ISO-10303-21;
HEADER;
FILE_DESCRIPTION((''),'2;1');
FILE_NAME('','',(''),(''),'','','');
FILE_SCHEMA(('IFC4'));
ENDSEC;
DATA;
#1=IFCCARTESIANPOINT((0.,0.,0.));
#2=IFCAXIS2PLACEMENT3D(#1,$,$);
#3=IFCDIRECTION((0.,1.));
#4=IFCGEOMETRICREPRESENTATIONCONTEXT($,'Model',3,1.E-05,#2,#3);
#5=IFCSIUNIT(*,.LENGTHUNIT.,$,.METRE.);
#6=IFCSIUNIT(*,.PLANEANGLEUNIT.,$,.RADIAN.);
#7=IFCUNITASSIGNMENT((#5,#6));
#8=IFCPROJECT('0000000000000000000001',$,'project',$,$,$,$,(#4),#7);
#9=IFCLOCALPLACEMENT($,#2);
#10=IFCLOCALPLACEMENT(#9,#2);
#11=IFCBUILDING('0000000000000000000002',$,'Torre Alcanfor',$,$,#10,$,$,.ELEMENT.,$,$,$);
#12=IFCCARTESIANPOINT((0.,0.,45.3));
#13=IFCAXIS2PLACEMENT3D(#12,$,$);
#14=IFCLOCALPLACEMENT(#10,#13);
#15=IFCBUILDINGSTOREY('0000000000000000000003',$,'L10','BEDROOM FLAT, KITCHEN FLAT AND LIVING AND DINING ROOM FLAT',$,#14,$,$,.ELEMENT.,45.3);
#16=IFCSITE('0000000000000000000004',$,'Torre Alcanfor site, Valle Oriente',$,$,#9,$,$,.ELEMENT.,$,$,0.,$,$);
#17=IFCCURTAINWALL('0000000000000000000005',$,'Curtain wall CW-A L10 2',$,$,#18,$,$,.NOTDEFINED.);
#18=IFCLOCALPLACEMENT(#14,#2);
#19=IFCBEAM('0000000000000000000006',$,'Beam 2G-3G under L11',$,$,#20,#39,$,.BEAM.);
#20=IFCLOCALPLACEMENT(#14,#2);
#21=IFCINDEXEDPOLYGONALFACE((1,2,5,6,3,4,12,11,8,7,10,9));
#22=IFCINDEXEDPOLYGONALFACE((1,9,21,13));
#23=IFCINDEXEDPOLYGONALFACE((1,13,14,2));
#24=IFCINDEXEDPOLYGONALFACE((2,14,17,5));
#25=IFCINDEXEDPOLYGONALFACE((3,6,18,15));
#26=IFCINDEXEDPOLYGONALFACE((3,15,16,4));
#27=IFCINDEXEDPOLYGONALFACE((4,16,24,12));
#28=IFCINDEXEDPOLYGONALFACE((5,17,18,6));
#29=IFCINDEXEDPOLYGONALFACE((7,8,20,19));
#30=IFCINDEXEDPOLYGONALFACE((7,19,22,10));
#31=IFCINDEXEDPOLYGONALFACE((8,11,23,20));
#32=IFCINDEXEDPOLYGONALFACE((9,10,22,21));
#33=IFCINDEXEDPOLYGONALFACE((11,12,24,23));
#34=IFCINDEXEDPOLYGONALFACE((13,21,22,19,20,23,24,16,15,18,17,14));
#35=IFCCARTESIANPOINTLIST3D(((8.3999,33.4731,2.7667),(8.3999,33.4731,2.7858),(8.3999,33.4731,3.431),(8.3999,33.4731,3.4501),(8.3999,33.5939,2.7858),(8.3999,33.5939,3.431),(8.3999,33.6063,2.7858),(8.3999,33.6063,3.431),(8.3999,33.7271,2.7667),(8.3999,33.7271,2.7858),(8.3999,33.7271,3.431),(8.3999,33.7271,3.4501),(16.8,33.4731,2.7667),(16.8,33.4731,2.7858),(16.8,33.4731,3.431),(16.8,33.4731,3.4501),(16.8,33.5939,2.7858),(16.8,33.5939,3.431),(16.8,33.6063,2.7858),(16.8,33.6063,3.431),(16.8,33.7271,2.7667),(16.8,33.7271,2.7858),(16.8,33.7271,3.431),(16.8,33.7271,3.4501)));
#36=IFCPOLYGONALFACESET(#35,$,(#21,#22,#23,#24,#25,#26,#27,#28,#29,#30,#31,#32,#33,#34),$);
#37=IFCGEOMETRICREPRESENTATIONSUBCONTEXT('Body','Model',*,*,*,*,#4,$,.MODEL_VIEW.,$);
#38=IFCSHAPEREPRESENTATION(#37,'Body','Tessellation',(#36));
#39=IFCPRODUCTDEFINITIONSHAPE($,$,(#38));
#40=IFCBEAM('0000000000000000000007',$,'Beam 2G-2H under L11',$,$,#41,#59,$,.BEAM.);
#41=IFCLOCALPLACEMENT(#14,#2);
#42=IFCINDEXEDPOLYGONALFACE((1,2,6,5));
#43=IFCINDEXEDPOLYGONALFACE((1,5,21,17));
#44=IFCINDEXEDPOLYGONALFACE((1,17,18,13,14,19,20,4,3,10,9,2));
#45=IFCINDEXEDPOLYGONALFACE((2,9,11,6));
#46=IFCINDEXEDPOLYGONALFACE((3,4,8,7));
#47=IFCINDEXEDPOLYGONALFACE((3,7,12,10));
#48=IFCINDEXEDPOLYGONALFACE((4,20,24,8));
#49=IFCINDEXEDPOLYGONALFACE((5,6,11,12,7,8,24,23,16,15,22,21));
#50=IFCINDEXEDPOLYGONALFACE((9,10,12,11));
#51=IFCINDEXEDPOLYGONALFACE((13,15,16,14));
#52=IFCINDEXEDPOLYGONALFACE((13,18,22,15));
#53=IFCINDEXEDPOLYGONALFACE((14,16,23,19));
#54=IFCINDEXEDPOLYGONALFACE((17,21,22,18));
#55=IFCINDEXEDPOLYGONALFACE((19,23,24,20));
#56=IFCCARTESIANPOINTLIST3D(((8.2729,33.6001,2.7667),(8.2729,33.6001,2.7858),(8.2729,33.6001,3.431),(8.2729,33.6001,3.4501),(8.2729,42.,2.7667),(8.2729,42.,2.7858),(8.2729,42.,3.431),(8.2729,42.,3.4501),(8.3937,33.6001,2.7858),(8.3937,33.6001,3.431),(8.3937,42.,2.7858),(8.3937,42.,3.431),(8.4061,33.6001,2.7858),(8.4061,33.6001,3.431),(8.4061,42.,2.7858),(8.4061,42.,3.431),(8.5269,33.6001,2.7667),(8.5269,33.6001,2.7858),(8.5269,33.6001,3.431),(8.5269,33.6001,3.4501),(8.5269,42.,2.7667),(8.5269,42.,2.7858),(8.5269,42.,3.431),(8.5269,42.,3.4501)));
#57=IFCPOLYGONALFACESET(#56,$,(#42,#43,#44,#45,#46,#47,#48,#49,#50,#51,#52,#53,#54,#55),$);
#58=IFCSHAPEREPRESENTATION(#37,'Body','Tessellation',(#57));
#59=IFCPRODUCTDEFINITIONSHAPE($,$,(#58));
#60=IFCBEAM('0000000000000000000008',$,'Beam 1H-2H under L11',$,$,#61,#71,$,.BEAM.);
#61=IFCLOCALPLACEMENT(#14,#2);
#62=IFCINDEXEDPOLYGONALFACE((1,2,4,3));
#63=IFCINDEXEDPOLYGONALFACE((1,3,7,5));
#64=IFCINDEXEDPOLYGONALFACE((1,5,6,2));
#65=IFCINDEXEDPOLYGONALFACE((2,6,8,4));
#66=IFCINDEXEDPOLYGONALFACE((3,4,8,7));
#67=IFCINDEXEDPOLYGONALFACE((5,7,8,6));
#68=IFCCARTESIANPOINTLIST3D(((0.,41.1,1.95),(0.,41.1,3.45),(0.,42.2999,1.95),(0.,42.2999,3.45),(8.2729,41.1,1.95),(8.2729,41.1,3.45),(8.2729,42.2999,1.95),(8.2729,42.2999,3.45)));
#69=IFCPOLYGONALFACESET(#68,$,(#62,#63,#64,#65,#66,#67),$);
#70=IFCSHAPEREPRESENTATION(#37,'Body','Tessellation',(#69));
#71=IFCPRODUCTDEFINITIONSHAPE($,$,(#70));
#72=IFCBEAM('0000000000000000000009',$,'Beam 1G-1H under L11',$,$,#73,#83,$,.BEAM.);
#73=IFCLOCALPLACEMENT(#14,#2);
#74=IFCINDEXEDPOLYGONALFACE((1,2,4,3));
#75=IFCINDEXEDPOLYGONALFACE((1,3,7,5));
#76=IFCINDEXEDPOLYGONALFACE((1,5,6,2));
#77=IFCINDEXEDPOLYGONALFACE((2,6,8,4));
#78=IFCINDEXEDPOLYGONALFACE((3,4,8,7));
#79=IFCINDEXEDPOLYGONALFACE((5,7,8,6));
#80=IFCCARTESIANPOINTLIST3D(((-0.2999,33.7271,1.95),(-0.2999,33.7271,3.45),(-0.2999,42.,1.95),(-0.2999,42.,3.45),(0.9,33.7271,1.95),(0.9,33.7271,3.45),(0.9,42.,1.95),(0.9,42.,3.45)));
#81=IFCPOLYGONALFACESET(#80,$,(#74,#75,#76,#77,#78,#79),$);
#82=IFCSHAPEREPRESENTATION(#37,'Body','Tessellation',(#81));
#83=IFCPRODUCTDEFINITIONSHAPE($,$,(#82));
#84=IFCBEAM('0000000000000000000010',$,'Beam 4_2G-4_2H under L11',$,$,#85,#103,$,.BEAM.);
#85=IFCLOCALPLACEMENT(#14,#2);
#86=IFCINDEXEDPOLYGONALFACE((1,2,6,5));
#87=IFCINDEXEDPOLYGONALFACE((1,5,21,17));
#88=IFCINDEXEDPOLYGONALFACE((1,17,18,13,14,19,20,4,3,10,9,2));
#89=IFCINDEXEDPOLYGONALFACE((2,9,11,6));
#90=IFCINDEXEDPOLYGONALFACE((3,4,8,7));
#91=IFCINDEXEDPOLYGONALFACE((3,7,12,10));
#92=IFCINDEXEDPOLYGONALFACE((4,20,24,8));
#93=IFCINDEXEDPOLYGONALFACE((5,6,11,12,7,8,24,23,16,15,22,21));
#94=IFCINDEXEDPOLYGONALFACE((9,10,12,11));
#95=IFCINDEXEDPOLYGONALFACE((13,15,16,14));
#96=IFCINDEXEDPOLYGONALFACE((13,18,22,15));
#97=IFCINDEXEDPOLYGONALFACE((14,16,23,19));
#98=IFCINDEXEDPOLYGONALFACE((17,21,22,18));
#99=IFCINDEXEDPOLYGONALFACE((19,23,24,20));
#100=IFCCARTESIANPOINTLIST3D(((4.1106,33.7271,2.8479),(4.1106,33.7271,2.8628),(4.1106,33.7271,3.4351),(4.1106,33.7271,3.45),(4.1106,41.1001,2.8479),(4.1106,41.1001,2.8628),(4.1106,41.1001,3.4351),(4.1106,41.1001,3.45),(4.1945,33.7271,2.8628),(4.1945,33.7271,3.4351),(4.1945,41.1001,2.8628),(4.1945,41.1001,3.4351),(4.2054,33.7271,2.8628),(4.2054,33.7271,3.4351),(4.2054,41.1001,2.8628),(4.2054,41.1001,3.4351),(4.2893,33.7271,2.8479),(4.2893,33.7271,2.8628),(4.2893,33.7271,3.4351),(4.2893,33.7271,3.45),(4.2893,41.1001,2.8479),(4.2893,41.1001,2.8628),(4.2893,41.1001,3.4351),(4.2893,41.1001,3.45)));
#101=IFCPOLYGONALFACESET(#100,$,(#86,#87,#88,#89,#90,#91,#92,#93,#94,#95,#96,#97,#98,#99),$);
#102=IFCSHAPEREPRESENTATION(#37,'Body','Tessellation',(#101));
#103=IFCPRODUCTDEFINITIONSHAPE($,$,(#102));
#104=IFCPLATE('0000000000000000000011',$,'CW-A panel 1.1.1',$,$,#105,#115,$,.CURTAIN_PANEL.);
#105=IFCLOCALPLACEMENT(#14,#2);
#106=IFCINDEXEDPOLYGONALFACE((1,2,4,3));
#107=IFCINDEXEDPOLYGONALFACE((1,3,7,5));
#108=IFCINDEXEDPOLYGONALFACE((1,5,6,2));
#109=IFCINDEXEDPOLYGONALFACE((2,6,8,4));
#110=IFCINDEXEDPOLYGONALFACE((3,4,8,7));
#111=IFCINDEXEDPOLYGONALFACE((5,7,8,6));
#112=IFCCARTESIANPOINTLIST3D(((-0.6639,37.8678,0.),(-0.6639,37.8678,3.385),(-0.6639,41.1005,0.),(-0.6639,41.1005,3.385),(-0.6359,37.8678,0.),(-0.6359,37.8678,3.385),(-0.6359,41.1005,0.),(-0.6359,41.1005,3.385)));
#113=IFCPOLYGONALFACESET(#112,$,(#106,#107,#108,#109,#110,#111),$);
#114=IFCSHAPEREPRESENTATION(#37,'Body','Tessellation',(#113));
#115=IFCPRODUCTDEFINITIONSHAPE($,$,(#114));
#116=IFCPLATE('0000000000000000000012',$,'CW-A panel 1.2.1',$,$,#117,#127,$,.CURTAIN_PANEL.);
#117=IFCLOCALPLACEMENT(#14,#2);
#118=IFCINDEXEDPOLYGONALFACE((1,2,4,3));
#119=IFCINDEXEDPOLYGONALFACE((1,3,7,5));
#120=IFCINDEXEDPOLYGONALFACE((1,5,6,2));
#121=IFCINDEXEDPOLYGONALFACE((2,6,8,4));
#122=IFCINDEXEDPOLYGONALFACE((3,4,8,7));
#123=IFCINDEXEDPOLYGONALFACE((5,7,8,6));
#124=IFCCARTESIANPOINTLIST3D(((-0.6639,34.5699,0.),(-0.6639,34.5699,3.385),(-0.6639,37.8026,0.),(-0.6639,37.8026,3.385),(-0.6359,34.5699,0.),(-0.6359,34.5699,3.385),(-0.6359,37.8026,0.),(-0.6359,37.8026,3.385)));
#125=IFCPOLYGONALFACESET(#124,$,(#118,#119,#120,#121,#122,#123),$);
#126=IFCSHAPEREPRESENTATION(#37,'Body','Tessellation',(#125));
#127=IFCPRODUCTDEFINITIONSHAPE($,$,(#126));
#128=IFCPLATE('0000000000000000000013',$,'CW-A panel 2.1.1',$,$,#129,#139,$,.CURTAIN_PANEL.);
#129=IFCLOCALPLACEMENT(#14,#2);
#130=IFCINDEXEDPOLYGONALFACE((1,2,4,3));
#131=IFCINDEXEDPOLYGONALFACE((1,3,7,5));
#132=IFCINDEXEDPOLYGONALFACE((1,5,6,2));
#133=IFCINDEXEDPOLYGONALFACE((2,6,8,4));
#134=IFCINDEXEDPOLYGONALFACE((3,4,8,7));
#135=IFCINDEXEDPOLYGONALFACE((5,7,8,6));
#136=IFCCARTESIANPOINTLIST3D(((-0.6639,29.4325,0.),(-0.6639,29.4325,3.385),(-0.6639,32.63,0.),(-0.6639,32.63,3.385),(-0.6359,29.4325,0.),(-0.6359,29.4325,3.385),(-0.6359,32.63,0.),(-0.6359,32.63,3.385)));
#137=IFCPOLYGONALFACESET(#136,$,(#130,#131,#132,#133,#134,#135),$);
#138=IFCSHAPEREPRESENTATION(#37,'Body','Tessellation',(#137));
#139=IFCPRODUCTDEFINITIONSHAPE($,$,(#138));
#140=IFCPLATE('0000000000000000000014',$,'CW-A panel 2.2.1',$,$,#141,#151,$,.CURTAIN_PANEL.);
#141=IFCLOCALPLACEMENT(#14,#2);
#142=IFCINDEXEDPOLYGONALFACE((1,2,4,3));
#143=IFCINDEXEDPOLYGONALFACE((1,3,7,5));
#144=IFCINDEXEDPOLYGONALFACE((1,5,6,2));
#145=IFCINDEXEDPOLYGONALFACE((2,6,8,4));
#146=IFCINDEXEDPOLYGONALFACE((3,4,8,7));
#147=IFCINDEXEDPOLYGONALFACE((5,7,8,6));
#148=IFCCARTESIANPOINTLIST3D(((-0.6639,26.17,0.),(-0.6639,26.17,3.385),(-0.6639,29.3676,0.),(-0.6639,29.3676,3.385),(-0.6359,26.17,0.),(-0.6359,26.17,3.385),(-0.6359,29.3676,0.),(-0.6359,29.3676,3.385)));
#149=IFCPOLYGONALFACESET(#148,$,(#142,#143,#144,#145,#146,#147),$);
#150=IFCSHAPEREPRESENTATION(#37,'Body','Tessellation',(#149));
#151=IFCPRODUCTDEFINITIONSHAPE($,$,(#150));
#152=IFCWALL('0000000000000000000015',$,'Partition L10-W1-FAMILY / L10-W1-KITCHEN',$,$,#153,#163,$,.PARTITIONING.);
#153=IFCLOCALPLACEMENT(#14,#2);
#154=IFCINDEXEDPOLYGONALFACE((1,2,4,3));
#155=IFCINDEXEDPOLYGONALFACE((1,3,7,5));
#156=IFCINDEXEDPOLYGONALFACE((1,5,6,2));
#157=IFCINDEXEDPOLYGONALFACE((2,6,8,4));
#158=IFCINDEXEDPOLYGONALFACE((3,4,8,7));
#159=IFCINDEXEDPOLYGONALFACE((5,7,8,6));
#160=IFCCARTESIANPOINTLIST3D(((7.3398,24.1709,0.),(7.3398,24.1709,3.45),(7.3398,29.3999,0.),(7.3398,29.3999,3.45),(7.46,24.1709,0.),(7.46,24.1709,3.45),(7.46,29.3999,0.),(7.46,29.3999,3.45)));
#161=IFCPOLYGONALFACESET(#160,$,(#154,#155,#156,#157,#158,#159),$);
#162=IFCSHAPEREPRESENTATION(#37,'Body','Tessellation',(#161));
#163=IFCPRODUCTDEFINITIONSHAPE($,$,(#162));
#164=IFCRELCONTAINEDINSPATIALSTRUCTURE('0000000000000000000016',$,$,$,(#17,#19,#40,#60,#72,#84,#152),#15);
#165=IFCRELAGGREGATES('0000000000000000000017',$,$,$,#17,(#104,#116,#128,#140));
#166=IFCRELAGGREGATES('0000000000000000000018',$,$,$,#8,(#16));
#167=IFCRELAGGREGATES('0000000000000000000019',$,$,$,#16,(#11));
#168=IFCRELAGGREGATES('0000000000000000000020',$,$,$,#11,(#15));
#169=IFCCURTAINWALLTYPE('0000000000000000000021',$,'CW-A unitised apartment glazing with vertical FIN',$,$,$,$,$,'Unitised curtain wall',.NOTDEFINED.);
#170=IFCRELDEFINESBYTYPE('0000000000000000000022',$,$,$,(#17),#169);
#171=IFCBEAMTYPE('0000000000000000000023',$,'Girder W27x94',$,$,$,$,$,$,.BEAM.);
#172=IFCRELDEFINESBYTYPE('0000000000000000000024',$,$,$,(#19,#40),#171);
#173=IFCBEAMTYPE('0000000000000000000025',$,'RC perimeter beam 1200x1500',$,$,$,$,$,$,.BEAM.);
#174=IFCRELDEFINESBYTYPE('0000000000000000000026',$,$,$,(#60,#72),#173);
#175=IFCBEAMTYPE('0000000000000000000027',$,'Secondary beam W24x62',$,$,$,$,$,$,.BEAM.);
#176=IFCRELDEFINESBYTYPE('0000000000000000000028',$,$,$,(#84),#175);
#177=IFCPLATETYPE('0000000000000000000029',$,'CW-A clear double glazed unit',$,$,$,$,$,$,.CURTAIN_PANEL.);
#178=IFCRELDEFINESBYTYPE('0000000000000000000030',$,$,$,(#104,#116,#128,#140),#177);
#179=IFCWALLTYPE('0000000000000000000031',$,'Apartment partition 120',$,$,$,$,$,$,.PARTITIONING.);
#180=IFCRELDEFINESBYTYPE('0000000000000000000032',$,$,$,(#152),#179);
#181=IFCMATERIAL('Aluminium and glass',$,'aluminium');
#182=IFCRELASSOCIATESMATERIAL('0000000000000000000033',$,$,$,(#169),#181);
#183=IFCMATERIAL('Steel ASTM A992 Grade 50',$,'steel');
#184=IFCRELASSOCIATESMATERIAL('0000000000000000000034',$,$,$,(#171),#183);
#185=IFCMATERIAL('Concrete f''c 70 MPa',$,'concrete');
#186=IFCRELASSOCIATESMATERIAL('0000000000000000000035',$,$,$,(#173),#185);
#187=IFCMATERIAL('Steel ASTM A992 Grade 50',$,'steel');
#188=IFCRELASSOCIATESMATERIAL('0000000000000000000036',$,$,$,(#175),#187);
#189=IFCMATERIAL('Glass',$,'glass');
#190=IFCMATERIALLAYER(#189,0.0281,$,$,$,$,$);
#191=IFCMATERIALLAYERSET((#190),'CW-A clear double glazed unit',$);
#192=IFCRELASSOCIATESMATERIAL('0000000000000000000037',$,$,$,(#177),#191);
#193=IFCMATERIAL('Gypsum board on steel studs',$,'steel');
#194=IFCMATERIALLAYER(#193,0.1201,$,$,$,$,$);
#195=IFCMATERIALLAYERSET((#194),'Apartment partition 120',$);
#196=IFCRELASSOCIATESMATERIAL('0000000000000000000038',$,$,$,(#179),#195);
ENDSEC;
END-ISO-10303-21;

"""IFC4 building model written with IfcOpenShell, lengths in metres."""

from ifc_helpers import new_model, si_unit, direction, frame, frame_2d, origin, origin_2d, place, context, subcontext, project, spatial, rectangle, i_section, extrude, material, layer, layer_set, material_profile, profile_set, type_object, element, aggregate, save


model = new_model("IFC4")

# Units and contexts
model_context = context("Model", 3, precision=1e-05, world=origin(), true_north=direction((0.0, 1.0)))
body_context = subcontext(model_context, "Body", "Model", "MODEL_VIEW")
ifc_project = project(units=[si_unit("LENGTHUNIT", "METRE"), si_unit("PLANEANGLEUNIT", "RADIAN")], contexts=[model_context])

# Site, building, storey
site_placement = place(None, origin())
site = spatial("IfcSite", under=ifc_project, at=site_placement, Name="Torre Alcanfor site, Valle Oriente", CompositionType="ELEMENT", RefElevation=0.0)
building_placement = place(site_placement, origin())
building = spatial("IfcBuilding", under=site, at=building_placement, Name="Torre Alcanfor", CompositionType="ELEMENT")
storey_placement = place(building_placement, frame((0.0, 0.0, 45.3)))
storey = spatial("IfcBuildingStorey", under=building, at=storey_placement, Name="L10", Description="BEDROOM FLAT, KITCHEN FLAT AND LIVING AND DINING ROOM FLAT", CompositionType="ELEMENT", Elevation=45.3)

# Curtain wall
ifc_material_1 = material(Name="Aluminium and glass", Category="aluminium")
curtain_wall_type = type_object("IfcCurtainWallType", Name="CW-A unitised apartment glazing with vertical FIN", ElementType="Unitised curtain wall", PredefinedType="NOTDEFINED", material=ifc_material_1)
curtain_wall_placement = place(storey_placement, origin())
curtain_wall = element("IfcCurtainWall", 1, at=curtain_wall_placement, inside=storey, type_object=curtain_wall_type, Name="Curtain wall CW-A L10 2", PredefinedType="NOTDEFINED")

# Beams
ifc_material_2 = material(Name="Steel ASTM A992 Grade 50", Category="steel")
ifc_material_profile_1 = material_profile(ifc_material_2, i_section(OverallWidth=0.2539, OverallDepth=0.6833, WebThickness=0.0125, FlangeThickness=0.019, at=origin_2d()), Name="W27x94")
ifc_profile_set_1 = profile_set([ifc_material_profile_1], Name="Steel ASTM A992 Grade 50")
beam_type_1 = type_object("IfcBeamType", Name="Girder W27x94", PredefinedType="BEAM", material=ifc_profile_set_1)
beam_1_placement = place(storey_placement, frame((8.3999, 33.6001, 3.1084), z_axis=(1.0, 0.0, 0.0), x_axis=(0.0, 1.0, 0.0)))
element("IfcBeam", 2, at=beam_1_placement, inside=storey, type_object=beam_type_1, Name="Beam 2G-3G under L11", PredefinedType="BEAM", context=body_context, shape_type="SweptSolid", body=[
    extrude(i_section(OverallWidth=0.2539, OverallDepth=0.6833, WebThickness=0.0125, FlangeThickness=0.019, at=origin_2d()), origin(), (0.0, 0.0, 1.0), 8.4001),
])
beam_2_placement = place(storey_placement, frame((8.3999, 33.6001, 3.1084), z_axis=(0.0, 1.0, 0.0), x_axis=(-1.0, 0.0, 0.0)))
element("IfcBeam", 3, at=beam_2_placement, inside=storey, type_object=beam_type_1, Name="Beam 2G-2H under L11", PredefinedType="BEAM", context=body_context, shape_type="SweptSolid", body=[
    extrude(i_section(OverallWidth=0.2539, OverallDepth=0.6833, WebThickness=0.0125, FlangeThickness=0.019, at=origin_2d()), origin(), (0.0, 0.0, 1.0), 8.3999),
])
ifc_material_3 = material(Name="Concrete f'c 70 MPa", Category="concrete")
ifc_material_profile_2 = material_profile(ifc_material_3, rectangle(XDim=1.2, YDim=1.5, at=origin_2d()), Name="1200x1500")
ifc_profile_set_2 = profile_set([ifc_material_profile_2], Name="Concrete f'c 70 MPa")
beam_type_2 = type_object("IfcBeamType", Name="RC perimeter beam 1200x1500", PredefinedType="BEAM", material=ifc_profile_set_2)
for number, where, z_axis, x_axis, name in (
    (4, (0.0, 41.7, 2.7), (1.0, 0.0, 0.0), (0.0, 1.0, 0.0), "Beam 1H-2H under L11"),
    (5, (0.3, 33.7271, 2.7), (0.0, 1.0, 0.0), (-1.0, 0.0, 0.0), "Beam 1G-1H under L11"),
):
    element("IfcBeam", number, at=place(storey_placement, frame(where, z_axis=z_axis, x_axis=x_axis)), inside=storey, type_object=beam_type_2, Name=name, PredefinedType="BEAM", context=body_context, shape_type="SweptSolid", body=[
        extrude(rectangle(XDim=1.2, YDim=1.5, at=origin_2d()), origin(), (0.0, 0.0, 1.0), 8.2729),
    ])
ifc_material_4 = material(Name="Steel ASTM A992 Grade 50", Category="steel")
ifc_material_profile_3 = material_profile(ifc_material_4, i_section(OverallWidth=0.1787, OverallDepth=0.6021, WebThickness=0.011, FlangeThickness=0.0149, at=origin_2d()), Name="W24x62")
ifc_profile_set_3 = profile_set([ifc_material_profile_3], Name="Steel ASTM A992 Grade 50")
beam_type_3 = type_object("IfcBeamType", Name="Secondary beam W24x62", PredefinedType="BEAM", material=ifc_profile_set_3)
beam_3_placement = place(storey_placement, frame((4.2, 33.7271, 3.1489), z_axis=(0.0, 1.0, 0.0), x_axis=(-1.0, 0.0, 0.0)))
element("IfcBeam", 6, at=beam_3_placement, inside=storey, type_object=beam_type_3, Name="Beam 4_2G-4_2H under L11", PredefinedType="BEAM", context=body_context, shape_type="SweptSolid", body=[
    extrude(i_section(OverallWidth=0.1787, OverallDepth=0.6021, WebThickness=0.011, FlangeThickness=0.0149, at=origin_2d()), origin(), (0.0, 0.0, 1.0), 7.373),
])

# Plates
ifc_material_5 = material(Name="Glass", Category="glass")
ifc_layer_1 = layer(ifc_material_5, 0.0281)
ifc_layer_set_1 = layer_set([ifc_layer_1], Name="CW-A clear double glazed unit")
plate_type = type_object("IfcPlateType", Name="CW-A clear double glazed unit", PredefinedType="CURTAIN_PANEL", material=ifc_layer_set_1)
plate_1_placement = place(storey_placement, frame((-0.6499, 39.4841, 0.0), z_axis=(0.0, 0.0, 1.0), x_axis=(0.0, -1.0, 0.0)))
plate_1 = element("IfcPlate", 7, at=plate_1_placement, type_object=plate_type, Name="CW-A panel 1.1.1", PredefinedType="CURTAIN_PANEL", context=body_context, shape_type="SweptSolid", body=[
    extrude(rectangle(XDim=3.2327, YDim=0.0281, at=origin_2d()), origin(), (0.0, 0.0, 1.0), 3.385),
])
plate_2_placement = place(storey_placement, frame((-0.6499, 36.1863, 0.0), z_axis=(0.0, 0.0, 1.0), x_axis=(0.0, -1.0, 0.0)))
plate_2 = element("IfcPlate", 8, at=plate_2_placement, type_object=plate_type, Name="CW-A panel 1.2.1", PredefinedType="CURTAIN_PANEL", context=body_context, shape_type="SweptSolid", body=[
    extrude(rectangle(XDim=3.2327, YDim=0.0281, at=origin_2d()), origin(), (0.0, 0.0, 1.0), 3.385),
])
plate_3_placement = place(storey_placement, frame((-0.6499, 31.0312, 0.0), z_axis=(0.0, 0.0, 1.0), x_axis=(0.0, -1.0, 0.0)))
plate_3 = element("IfcPlate", 9, at=plate_3_placement, type_object=plate_type, Name="CW-A panel 2.1.1", PredefinedType="CURTAIN_PANEL", context=body_context, shape_type="SweptSolid", body=[
    extrude(rectangle(XDim=3.1975, YDim=0.0281, at=origin_2d()), origin(), (0.0, 0.0, 1.0), 3.385),
])
plate_4_placement = place(storey_placement, frame((-0.6499, 27.7688, 0.0), z_axis=(0.0, 0.0, 1.0), x_axis=(0.0, -1.0, 0.0)))
plate_4 = element("IfcPlate", 10, at=plate_4_placement, type_object=plate_type, Name="CW-A panel 2.2.1", PredefinedType="CURTAIN_PANEL", context=body_context, shape_type="SweptSolid", body=[
    extrude(rectangle(XDim=3.1975, YDim=0.0281, at=origin_2d()), origin(), (0.0, 0.0, 1.0), 3.385),
])
aggregate(curtain_wall, [plate_1, plate_2, plate_3, plate_4])

# Wall
ifc_material_6 = material(Name="Gypsum board on steel studs", Category="steel")
ifc_layer_2 = layer(ifc_material_6, 0.1201)
ifc_layer_set_2 = layer_set([ifc_layer_2], Name="Apartment partition 120")
wall_type_1 = type_object("IfcWallType", Name="Apartment partition 120", PredefinedType="PARTITIONING", material=ifc_layer_set_2)
wall_1_placement = place(storey_placement, frame((7.3999, 29.3999, 0.0), z_axis=(0.0, 0.0, 1.0), x_axis=(0.0, -1.0, 0.0)))
element("IfcWall", 11, at=wall_1_placement, inside=storey, type_object=wall_type_1, Name="Partition L10-W1-FAMILY / L10-W1-KITCHEN", PredefinedType="PARTITIONING", context=body_context, shape_type="SweptSolid", body=[
    extrude(rectangle(XDim=5.229, YDim=0.1201, at=frame_2d((2.6145, 0.0))), origin(), (0.0, 0.0, 1.0), 3.45),
])

save(model, "model.ifc")
